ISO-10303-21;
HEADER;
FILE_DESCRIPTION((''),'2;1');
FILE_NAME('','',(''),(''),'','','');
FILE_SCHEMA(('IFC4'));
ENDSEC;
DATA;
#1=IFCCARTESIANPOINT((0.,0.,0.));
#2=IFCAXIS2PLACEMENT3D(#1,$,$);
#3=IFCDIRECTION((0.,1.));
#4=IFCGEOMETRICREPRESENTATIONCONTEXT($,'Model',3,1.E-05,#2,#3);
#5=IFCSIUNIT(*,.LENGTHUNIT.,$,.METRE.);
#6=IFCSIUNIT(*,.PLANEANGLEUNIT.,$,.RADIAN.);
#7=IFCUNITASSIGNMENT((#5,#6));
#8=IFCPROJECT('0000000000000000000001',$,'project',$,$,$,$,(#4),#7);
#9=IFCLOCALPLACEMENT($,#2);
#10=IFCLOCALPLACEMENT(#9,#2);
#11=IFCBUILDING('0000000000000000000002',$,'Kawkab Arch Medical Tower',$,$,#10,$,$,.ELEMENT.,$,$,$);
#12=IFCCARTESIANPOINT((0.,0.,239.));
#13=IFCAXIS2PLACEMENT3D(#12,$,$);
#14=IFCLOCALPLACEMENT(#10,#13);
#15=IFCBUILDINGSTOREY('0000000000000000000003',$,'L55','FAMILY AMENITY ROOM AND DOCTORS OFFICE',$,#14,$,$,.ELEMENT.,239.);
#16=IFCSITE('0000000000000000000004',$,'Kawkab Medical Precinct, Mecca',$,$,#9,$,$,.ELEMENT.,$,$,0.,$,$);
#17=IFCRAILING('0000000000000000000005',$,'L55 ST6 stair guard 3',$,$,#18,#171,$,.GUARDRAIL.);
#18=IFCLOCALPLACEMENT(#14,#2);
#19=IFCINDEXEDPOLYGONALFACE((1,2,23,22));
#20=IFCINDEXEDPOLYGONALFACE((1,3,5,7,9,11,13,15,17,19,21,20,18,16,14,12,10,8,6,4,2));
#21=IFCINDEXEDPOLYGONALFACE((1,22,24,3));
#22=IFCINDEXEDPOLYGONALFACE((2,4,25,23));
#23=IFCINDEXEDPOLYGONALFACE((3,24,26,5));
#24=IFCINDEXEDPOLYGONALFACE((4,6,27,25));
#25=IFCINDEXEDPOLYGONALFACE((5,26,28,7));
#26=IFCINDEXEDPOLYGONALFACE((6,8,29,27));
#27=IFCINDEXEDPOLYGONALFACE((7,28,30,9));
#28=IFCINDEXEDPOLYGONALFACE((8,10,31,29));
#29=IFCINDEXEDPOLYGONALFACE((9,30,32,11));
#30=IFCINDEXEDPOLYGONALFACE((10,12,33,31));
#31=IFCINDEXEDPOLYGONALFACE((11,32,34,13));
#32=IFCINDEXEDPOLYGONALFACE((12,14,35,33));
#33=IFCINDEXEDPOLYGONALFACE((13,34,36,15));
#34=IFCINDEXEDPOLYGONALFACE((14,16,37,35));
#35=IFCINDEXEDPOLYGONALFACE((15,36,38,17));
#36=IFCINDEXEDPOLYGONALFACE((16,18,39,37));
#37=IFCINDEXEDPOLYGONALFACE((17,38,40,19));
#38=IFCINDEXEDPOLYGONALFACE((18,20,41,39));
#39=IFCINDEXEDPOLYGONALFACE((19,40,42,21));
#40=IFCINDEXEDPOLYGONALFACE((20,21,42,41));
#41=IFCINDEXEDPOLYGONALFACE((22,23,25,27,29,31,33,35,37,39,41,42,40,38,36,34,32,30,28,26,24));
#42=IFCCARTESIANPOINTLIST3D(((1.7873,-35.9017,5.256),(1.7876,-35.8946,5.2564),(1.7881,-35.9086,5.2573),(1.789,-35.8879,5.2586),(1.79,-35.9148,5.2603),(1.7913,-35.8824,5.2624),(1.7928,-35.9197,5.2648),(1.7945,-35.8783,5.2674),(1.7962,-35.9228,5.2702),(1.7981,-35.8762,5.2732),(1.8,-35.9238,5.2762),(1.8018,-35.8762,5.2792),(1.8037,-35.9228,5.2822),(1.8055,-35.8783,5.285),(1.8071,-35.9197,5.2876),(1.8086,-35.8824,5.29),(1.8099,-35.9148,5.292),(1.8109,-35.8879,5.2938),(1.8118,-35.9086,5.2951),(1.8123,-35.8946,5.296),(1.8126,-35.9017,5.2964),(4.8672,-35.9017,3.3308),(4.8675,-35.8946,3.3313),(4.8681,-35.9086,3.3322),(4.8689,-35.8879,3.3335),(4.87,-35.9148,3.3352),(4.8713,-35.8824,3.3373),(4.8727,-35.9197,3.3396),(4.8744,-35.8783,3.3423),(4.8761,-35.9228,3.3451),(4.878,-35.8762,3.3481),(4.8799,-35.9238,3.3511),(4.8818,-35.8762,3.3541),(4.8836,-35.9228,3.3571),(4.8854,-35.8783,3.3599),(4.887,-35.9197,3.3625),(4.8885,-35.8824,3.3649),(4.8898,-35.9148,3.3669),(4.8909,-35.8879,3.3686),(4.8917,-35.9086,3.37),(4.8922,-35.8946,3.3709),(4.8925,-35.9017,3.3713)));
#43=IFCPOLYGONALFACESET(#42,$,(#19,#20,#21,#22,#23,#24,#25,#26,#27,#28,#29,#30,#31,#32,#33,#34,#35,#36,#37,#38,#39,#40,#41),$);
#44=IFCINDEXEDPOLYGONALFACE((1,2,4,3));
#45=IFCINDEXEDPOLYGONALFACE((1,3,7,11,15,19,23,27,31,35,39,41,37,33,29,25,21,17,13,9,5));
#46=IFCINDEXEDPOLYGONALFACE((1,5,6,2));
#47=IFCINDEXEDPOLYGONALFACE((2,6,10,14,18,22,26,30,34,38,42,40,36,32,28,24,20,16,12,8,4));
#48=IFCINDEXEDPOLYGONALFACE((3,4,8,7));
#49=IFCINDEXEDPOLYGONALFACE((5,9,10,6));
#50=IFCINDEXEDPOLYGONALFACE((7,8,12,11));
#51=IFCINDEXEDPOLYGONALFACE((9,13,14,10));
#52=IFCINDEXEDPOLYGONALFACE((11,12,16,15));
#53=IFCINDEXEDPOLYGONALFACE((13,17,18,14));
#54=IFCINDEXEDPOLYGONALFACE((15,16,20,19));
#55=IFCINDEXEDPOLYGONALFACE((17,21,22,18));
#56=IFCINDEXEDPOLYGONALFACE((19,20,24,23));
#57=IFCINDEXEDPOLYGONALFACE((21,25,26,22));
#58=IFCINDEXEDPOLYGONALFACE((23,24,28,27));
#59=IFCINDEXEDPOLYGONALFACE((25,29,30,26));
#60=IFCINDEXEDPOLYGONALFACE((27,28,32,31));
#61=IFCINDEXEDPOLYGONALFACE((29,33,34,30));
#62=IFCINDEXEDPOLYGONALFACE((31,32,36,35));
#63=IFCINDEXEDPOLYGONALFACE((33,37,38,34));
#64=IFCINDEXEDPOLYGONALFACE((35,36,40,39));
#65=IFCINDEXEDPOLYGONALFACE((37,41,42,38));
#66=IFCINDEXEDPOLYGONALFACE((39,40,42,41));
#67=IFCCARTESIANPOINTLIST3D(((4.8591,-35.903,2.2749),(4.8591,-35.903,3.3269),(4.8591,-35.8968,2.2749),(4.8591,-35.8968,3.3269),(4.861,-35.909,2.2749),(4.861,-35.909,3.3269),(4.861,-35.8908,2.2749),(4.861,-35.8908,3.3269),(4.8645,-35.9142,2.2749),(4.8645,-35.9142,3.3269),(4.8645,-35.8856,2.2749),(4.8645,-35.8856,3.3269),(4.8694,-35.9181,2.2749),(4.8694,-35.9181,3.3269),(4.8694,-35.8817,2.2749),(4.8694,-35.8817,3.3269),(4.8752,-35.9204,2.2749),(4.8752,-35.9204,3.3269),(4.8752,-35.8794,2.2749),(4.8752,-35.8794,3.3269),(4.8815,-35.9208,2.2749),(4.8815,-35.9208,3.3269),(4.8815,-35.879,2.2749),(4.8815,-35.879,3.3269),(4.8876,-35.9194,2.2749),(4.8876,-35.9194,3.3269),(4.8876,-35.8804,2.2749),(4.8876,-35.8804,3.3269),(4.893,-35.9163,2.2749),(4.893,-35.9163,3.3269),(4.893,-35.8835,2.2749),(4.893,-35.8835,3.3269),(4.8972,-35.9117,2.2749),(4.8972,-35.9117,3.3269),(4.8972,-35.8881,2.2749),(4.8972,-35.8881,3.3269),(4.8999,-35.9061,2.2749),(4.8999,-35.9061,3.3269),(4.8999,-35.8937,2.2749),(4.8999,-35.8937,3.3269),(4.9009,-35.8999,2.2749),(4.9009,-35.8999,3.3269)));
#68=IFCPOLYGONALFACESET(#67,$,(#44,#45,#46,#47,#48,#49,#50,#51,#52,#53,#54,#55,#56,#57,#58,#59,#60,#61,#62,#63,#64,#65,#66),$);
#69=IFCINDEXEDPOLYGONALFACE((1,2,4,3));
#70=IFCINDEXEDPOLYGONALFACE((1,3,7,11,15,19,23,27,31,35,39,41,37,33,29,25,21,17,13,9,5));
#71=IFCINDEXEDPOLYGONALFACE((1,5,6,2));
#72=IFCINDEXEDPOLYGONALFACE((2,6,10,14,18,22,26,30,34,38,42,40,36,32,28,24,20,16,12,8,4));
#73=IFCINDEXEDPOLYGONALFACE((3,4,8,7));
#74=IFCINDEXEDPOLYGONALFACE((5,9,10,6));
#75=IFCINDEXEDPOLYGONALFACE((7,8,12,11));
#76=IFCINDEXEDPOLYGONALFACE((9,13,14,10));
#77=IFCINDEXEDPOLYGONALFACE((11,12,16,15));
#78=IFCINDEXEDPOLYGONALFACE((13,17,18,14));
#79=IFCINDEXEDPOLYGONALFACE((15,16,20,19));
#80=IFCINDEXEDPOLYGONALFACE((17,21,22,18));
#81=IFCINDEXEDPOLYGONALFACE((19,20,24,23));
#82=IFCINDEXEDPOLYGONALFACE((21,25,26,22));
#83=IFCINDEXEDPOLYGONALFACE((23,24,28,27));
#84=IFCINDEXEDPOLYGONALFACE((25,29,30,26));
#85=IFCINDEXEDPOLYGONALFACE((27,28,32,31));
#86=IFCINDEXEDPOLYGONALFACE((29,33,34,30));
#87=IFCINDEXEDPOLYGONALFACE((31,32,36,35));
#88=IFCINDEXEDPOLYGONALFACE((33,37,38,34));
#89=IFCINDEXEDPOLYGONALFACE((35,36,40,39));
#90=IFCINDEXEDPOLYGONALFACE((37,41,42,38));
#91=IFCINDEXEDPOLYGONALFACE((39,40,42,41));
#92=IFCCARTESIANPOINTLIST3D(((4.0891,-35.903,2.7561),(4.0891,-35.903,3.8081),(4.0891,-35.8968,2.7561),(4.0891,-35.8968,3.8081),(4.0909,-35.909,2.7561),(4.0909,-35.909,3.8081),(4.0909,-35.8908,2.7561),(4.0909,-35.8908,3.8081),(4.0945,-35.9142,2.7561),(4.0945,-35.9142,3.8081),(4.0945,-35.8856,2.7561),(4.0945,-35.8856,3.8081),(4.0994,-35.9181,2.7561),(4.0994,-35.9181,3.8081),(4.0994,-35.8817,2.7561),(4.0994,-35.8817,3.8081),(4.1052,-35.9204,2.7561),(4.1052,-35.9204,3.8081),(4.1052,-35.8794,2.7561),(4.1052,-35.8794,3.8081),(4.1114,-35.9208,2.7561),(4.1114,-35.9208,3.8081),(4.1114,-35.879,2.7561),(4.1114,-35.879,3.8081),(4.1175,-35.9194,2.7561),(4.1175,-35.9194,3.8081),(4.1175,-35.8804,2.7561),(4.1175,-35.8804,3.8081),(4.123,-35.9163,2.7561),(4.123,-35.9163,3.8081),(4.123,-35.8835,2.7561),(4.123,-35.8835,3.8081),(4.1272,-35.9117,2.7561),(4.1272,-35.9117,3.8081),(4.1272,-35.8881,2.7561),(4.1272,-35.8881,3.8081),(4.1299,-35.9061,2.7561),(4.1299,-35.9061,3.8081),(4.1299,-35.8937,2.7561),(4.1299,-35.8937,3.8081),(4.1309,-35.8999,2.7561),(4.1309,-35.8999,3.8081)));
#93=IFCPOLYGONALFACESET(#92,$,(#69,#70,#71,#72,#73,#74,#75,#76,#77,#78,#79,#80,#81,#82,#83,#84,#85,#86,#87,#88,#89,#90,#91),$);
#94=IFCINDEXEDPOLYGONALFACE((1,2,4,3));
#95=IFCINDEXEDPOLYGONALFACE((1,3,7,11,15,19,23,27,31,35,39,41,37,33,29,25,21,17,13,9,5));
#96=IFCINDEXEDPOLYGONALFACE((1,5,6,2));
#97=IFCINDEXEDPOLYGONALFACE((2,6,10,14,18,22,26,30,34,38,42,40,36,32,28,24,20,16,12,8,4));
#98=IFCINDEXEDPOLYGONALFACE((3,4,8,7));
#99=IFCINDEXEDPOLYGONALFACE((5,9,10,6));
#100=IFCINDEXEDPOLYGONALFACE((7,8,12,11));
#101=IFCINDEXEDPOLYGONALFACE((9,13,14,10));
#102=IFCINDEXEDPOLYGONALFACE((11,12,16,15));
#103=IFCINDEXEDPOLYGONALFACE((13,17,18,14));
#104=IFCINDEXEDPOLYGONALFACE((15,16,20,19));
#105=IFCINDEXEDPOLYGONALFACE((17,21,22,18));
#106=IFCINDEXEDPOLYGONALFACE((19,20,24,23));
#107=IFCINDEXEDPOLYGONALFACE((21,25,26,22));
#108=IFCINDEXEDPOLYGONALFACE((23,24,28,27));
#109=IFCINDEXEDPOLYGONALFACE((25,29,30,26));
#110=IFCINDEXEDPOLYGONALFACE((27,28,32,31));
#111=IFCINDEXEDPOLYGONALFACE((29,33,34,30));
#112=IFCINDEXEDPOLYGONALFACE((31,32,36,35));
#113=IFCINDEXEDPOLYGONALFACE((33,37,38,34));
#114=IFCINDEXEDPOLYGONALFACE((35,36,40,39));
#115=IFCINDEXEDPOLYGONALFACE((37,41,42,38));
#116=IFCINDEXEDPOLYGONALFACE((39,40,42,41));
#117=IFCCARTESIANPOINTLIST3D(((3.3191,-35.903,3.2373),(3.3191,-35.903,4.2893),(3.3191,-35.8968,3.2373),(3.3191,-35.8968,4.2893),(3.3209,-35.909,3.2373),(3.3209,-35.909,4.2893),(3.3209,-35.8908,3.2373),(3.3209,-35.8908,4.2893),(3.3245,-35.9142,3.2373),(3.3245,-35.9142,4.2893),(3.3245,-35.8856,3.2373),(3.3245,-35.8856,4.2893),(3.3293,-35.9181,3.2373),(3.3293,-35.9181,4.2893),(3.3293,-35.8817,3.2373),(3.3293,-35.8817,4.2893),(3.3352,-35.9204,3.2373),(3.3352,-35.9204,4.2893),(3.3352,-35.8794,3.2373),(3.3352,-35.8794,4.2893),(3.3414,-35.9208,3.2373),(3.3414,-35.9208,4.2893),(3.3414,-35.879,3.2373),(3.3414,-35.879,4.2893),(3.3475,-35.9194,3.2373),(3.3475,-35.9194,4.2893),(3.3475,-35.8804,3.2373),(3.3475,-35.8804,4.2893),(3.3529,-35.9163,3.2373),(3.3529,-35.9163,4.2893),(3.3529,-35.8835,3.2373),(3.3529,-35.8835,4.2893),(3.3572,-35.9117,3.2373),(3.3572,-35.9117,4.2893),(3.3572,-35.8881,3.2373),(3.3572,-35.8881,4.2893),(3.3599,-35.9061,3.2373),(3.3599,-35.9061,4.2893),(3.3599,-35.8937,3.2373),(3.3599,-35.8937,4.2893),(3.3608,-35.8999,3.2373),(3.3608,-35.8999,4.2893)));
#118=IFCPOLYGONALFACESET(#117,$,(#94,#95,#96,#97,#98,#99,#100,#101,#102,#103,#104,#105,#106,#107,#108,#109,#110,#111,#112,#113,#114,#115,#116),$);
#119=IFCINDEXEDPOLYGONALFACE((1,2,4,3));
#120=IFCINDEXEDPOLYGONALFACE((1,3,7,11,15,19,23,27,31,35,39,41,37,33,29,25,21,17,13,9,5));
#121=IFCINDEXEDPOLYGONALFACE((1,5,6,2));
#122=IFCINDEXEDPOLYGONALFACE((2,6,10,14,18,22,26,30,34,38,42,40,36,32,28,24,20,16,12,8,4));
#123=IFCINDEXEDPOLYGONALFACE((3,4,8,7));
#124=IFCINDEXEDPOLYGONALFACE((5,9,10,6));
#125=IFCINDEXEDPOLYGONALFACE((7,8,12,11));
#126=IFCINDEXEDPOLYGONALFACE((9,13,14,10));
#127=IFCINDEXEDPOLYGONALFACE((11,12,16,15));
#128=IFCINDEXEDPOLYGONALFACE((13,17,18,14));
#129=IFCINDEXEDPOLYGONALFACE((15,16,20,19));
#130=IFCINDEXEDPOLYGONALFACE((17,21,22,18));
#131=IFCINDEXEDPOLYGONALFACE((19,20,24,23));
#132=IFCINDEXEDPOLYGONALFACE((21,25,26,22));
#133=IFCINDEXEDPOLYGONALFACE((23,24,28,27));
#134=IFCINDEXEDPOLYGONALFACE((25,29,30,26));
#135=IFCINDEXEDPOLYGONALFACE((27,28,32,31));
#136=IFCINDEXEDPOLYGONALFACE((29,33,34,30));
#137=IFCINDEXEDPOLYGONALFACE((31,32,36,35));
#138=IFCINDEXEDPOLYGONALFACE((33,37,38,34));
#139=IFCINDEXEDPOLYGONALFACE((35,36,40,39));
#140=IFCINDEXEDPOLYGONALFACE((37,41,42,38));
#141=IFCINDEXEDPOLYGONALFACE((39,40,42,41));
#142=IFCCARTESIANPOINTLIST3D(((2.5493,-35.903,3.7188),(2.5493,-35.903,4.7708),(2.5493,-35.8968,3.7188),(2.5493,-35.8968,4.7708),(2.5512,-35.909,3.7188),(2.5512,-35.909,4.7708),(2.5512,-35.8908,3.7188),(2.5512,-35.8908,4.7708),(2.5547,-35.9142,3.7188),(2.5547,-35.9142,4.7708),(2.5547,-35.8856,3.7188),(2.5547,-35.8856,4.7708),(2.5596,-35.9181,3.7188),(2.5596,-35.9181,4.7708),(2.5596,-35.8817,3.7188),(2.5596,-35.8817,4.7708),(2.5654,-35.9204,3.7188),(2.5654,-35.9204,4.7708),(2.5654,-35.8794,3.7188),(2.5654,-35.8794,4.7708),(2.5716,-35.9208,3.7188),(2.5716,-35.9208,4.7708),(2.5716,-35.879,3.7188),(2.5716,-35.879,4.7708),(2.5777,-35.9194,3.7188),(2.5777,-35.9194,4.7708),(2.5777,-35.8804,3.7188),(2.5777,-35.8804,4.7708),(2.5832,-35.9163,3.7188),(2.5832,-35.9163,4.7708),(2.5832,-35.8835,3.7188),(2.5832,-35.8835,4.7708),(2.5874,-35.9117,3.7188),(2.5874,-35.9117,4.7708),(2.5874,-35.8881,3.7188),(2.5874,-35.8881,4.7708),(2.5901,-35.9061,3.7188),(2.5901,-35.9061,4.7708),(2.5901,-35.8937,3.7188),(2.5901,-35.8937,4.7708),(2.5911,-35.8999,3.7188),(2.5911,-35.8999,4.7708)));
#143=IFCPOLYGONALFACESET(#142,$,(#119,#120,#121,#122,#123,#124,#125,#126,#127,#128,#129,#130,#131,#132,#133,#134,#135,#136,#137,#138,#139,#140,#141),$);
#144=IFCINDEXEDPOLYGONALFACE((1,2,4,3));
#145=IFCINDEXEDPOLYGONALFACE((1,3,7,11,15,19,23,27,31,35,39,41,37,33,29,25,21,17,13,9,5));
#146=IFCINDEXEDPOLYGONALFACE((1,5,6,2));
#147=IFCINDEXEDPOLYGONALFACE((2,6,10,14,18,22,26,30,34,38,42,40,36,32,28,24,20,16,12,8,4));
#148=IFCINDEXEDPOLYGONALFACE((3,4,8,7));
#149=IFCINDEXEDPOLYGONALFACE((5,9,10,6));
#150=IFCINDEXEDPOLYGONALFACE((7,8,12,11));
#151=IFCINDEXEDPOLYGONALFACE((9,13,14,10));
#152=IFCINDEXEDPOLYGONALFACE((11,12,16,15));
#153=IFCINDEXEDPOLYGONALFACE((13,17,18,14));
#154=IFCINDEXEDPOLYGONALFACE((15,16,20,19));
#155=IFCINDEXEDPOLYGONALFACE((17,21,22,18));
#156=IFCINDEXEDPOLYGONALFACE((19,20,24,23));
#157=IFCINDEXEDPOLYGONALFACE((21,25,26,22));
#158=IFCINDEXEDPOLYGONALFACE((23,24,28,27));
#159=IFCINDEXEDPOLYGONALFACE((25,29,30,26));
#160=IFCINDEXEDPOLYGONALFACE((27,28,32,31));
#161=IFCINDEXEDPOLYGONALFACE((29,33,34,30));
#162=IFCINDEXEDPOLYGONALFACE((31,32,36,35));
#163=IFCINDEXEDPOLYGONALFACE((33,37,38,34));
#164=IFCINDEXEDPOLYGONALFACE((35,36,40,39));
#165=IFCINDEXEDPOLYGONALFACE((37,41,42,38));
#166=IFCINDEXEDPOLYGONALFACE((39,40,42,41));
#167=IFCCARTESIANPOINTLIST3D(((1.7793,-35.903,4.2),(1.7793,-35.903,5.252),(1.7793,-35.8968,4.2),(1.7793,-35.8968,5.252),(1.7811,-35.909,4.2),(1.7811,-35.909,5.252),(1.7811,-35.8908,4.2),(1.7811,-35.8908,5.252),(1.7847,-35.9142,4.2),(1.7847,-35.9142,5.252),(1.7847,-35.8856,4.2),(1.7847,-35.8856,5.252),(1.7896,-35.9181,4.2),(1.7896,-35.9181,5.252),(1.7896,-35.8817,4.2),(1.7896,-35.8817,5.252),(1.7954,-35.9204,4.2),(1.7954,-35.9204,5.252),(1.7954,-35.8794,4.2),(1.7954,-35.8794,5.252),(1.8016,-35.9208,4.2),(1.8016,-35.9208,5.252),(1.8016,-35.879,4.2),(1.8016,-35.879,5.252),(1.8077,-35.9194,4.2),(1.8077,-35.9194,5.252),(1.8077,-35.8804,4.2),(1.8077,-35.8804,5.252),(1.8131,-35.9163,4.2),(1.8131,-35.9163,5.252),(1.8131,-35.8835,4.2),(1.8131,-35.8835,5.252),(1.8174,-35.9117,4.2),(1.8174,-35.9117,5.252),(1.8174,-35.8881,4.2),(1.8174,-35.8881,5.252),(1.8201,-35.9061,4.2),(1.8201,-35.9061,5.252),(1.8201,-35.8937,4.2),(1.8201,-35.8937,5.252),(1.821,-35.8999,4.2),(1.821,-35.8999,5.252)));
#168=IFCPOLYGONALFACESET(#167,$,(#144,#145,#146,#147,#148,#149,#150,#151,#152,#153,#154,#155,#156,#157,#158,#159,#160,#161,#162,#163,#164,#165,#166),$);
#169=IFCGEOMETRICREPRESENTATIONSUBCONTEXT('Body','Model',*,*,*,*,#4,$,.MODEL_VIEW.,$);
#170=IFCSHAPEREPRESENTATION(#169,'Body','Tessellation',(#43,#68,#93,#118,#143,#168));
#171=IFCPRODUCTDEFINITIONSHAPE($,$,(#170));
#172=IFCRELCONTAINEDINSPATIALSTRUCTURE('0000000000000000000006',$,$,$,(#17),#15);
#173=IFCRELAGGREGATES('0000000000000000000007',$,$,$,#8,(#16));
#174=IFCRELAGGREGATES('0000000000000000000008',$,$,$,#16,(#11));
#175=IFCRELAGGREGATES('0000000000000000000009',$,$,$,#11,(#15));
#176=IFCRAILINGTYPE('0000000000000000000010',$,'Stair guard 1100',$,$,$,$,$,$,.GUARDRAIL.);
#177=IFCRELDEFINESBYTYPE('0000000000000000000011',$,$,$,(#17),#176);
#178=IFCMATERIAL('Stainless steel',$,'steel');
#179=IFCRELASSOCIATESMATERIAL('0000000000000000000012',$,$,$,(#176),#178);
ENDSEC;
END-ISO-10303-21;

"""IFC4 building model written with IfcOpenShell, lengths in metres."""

from ifc_helpers import new_model, si_unit, direction, frame, origin, origin_2d, place, context, subcontext, project, spatial, circle, extrude, material, type_object, element, save


model = new_model("IFC4")

# Units and contexts
model_context = context("Model", 3, precision=1e-05, world=origin(), true_north=direction((0.0, 1.0)))
body_context = subcontext(model_context, "Body", "Model", "MODEL_VIEW")
ifc_project = project(units=[si_unit("LENGTHUNIT", "METRE"), si_unit("PLANEANGLEUNIT", "RADIAN")], contexts=[model_context])

# Site, building, storey
site_placement = place(None, origin())
site = spatial("IfcSite", under=ifc_project, at=site_placement, Name="Kawkab Medical Precinct, Mecca", CompositionType="ELEMENT", RefElevation=0.0)
building_placement = place(site_placement, origin())
building = spatial("IfcBuilding", under=site, at=building_placement, Name="Kawkab Arch Medical Tower", CompositionType="ELEMENT")
storey_placement = place(building_placement, frame((0.0, 0.0, 239.0)))
storey = spatial("IfcBuildingStorey", under=building, at=storey_placement, Name="L55", Description="FAMILY AMENITY ROOM AND DOCTORS OFFICE", CompositionType="ELEMENT", Elevation=239.0)

# Railing
ifc_material_1 = material(Name="Stainless steel", Category="steel")
railing_type_1 = type_object("IfcRailingType", Name="Stair guard 1100", PredefinedType="GUARDRAIL", material=ifc_material_1)
railing_1_placement = place(storey_placement, frame((4.8799, -35.8999, 2.2749)))
element("IfcRailing", 1, at=railing_1_placement, inside=storey, type_object=railing_type_1, Name="L55 ST6 stair guard 3", PredefinedType="GUARDRAIL", context=body_context, shape_type="SweptSolid", body=[
    extrude(circle(Radius=0.0239, at=origin_2d()), frame((0.0, 0.0, 1.0762), z_axis=(-0.847979, 0.0, 0.530029), x_axis=(0.0, -1.0, 0.0)), (0.0, 0.0, 1.0), 3.6321),
    extrude(circle(Radius=0.021, at=origin_2d()), origin(), (0.0, 0.0, 1.0), 1.052),
    extrude(circle(Radius=0.021, at=origin_2d()), frame((-0.77, 0.0, 0.4812)), (0.0, 0.0, 1.0), 1.052),
    extrude(circle(Radius=0.021, at=origin_2d()), frame((-1.54, 0.0, 0.9624)), (0.0, 0.0, 1.0), 1.052),
    extrude(circle(Radius=0.021, at=origin_2d()), frame((-2.3098, 0.0, 1.4438)), (0.0, 0.0, 1.0), 1.052),
    extrude(circle(Radius=0.021, at=origin_2d()), frame((-3.0798, 0.0, 1.925)), (0.0, 0.0, 1.0), 1.052),
])

save(model, "model.ifc")
